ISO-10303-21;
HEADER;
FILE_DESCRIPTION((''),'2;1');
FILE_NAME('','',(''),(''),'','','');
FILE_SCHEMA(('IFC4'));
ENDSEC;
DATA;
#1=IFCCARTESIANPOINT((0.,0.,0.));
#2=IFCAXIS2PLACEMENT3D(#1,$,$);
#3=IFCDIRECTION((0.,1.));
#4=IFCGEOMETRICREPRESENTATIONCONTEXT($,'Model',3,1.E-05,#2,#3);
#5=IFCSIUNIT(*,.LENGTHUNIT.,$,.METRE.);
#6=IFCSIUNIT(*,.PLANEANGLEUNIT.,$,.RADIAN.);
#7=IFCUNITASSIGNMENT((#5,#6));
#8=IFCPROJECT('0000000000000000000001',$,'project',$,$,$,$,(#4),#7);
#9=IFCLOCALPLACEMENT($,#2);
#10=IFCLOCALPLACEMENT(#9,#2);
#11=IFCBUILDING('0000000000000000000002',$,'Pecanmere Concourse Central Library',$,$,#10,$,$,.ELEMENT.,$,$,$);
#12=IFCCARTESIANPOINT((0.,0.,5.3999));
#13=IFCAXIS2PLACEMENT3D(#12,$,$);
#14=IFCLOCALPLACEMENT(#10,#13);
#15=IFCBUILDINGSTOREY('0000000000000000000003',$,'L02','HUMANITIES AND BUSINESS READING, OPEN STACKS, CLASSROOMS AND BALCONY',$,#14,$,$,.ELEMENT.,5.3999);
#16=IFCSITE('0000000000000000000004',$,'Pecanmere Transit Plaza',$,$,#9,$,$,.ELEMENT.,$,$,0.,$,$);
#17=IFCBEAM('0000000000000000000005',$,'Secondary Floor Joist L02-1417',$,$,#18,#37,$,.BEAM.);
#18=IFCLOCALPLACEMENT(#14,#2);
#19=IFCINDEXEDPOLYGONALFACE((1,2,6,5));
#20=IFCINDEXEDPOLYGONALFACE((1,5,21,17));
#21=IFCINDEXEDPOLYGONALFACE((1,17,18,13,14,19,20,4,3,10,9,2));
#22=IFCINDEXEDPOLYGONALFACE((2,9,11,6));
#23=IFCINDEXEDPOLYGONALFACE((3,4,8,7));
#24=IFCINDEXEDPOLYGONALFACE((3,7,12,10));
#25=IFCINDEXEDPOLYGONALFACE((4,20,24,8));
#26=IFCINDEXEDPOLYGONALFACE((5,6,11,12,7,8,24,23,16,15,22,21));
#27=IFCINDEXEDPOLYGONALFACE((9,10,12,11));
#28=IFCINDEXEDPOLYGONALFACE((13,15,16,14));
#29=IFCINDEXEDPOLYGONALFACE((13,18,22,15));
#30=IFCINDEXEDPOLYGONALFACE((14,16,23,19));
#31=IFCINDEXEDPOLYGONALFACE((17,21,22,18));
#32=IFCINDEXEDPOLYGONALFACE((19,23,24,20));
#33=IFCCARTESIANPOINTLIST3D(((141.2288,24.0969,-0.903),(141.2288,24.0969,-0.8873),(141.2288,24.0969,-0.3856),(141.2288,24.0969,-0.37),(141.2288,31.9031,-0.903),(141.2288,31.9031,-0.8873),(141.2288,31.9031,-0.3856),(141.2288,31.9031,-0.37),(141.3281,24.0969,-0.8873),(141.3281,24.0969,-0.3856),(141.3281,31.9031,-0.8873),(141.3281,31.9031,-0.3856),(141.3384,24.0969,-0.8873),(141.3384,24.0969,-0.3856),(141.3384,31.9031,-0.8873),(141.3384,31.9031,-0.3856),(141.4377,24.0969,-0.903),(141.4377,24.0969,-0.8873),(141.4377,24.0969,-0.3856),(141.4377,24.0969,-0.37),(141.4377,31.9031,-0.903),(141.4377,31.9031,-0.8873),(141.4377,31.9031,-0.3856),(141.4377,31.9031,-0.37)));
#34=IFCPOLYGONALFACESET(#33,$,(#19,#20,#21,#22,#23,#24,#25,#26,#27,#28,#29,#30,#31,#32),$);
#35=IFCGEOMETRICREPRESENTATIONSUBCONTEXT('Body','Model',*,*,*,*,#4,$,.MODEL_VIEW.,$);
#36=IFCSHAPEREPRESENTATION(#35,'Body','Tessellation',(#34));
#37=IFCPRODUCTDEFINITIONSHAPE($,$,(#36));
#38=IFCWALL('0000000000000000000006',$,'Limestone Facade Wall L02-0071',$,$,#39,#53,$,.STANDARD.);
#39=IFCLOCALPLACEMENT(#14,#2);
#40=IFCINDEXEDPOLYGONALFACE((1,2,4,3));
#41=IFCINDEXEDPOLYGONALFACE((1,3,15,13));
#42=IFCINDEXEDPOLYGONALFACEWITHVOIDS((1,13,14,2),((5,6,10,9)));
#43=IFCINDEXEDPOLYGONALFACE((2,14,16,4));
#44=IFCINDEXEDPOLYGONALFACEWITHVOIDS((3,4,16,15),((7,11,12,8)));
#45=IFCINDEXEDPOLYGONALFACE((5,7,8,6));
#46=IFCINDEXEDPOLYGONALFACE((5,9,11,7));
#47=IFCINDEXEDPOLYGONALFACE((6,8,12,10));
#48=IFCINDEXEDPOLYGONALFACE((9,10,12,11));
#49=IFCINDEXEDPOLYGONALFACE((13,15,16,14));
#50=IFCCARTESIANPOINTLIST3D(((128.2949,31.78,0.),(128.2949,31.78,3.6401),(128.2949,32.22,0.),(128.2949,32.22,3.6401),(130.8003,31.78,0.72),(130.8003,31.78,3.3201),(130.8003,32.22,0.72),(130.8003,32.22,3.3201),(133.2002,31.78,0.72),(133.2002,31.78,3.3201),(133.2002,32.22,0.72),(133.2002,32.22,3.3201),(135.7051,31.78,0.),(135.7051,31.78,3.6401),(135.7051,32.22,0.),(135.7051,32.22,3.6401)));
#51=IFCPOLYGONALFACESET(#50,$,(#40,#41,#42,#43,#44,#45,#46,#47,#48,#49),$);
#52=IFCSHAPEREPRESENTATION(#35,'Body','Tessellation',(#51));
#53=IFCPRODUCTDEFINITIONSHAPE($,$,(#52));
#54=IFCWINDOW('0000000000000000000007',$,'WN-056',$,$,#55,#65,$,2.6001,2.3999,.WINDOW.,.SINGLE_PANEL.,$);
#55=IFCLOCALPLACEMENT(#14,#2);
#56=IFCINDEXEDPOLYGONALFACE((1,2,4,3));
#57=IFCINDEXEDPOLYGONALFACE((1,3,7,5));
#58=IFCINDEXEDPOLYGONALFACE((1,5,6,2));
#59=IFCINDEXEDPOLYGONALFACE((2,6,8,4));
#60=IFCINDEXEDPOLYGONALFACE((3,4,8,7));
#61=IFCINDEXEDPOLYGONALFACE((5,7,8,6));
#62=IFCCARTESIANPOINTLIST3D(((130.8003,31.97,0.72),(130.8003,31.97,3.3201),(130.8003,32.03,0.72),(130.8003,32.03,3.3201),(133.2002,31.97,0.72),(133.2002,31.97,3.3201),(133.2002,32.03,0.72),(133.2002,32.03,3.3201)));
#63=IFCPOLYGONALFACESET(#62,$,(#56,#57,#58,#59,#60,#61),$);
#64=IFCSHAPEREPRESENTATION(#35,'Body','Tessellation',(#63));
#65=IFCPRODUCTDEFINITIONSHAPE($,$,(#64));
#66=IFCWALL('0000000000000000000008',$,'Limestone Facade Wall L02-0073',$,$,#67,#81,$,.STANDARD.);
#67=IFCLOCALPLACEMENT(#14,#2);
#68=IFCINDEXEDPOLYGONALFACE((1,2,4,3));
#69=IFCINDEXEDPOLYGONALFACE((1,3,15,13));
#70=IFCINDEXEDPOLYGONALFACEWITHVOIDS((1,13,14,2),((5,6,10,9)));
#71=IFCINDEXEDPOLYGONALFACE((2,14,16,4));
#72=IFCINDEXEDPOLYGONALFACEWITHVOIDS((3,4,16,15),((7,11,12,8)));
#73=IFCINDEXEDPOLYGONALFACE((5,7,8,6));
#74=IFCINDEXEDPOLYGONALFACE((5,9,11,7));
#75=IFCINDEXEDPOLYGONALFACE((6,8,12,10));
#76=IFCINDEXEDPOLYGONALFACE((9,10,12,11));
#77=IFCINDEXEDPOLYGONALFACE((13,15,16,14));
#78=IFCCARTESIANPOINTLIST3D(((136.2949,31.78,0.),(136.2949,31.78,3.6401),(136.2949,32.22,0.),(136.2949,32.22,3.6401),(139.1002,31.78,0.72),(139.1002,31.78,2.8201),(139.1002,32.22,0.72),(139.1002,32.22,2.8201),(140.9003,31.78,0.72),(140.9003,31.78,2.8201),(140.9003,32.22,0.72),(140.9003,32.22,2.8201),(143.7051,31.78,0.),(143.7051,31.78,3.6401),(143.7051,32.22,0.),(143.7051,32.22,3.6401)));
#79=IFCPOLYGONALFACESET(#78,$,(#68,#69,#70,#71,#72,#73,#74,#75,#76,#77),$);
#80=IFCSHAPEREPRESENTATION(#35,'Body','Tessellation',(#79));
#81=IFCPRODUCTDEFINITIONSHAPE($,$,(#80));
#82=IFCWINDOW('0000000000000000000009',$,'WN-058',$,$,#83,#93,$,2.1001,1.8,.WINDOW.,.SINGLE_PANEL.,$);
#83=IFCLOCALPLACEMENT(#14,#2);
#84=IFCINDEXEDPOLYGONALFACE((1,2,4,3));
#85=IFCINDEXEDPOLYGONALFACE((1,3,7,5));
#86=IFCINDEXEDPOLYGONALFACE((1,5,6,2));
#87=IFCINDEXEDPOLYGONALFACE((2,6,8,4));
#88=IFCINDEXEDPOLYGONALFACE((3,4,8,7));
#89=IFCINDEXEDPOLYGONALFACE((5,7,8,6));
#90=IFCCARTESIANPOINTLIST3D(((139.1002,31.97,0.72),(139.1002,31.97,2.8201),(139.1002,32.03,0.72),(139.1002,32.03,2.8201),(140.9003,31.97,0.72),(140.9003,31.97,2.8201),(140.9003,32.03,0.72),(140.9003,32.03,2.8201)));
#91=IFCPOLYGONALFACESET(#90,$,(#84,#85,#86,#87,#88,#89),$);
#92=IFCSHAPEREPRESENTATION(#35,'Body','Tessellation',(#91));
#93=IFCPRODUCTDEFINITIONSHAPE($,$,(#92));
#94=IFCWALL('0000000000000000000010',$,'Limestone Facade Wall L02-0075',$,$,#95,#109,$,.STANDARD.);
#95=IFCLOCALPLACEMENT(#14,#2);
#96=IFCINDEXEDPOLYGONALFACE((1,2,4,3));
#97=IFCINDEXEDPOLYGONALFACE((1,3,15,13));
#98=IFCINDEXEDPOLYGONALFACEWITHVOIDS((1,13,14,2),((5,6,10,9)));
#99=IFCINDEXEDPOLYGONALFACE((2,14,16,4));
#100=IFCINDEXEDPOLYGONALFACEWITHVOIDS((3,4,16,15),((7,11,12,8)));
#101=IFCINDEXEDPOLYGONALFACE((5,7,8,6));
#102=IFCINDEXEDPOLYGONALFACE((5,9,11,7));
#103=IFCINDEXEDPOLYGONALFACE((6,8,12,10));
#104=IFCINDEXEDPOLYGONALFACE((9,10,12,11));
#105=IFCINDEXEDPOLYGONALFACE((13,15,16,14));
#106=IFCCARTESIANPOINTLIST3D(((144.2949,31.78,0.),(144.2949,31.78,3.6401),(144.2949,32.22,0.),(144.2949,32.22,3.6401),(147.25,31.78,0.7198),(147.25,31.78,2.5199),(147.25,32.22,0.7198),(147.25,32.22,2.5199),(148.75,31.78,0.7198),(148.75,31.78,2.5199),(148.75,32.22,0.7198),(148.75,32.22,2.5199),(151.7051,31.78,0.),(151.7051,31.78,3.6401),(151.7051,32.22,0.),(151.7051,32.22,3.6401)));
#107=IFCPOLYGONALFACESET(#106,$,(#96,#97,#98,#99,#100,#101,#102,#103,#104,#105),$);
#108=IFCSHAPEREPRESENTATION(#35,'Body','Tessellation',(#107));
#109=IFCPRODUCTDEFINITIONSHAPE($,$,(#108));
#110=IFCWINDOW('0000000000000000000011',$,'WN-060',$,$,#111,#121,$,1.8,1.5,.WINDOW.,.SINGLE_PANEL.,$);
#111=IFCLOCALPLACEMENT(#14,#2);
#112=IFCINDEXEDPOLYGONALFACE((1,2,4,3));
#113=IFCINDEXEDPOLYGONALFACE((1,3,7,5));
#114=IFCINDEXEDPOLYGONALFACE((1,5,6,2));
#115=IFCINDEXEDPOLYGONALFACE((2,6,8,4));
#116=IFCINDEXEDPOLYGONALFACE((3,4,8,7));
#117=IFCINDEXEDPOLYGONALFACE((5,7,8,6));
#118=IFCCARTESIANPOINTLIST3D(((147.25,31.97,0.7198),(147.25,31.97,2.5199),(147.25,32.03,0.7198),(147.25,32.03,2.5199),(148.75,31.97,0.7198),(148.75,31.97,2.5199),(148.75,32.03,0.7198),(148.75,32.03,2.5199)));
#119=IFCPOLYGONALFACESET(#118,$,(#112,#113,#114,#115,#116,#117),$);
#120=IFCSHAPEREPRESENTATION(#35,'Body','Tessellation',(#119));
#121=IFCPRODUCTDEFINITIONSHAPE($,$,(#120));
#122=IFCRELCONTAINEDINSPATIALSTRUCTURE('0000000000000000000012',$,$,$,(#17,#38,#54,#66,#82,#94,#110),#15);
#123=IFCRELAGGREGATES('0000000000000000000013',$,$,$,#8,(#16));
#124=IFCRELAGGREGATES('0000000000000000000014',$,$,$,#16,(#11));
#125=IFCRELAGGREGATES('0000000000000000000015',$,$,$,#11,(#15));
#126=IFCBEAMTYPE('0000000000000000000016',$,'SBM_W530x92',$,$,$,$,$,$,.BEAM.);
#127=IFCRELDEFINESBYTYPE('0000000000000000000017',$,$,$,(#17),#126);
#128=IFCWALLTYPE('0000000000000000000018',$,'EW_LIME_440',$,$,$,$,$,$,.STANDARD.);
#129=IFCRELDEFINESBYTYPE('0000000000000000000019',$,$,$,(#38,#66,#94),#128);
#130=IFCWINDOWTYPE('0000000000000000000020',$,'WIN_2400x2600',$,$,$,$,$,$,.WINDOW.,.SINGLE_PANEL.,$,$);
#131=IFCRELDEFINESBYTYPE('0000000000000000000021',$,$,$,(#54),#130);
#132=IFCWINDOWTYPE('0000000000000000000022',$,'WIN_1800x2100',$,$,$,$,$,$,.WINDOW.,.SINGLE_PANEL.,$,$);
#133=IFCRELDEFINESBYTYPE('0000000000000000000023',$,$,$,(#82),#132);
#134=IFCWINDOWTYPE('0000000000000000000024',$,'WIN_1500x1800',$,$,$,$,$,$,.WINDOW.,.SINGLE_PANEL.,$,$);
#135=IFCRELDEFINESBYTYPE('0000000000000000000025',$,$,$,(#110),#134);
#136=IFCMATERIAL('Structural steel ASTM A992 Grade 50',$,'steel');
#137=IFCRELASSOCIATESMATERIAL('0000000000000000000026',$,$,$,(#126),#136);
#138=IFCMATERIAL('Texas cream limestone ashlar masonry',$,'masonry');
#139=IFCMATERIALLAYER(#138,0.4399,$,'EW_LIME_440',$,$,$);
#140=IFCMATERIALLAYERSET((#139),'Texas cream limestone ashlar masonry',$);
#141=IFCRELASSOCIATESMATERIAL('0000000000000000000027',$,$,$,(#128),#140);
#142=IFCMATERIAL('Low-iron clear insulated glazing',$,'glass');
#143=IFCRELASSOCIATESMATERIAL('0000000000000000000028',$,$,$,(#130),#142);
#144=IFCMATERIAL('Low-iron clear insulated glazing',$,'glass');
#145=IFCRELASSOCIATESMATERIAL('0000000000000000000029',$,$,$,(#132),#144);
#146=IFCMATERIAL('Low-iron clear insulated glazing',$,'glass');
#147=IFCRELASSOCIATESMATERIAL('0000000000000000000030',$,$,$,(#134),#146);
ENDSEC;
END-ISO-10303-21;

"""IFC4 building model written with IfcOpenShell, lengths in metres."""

from ifc_helpers import new_model, si_unit, direction, frame, frame_2d, origin, origin_2d, place, context, subcontext, project, spatial, rectangle, i_section, extrude, material, layer, layer_set, material_profile, profile_set, type_object, element, fill, save


model = new_model("IFC4")

# Units and contexts
model_context = context("Model", 3, precision=1e-05, world=origin(), true_north=direction((0.0, 1.0)))
body_context = subcontext(model_context, "Body", "Model", "MODEL_VIEW")
ifc_project = project(units=[si_unit("LENGTHUNIT", "METRE"), si_unit("PLANEANGLEUNIT", "RADIAN")], contexts=[model_context])

# Site, building, storey
site_placement = place(None, origin())
site = spatial("IfcSite", under=ifc_project, at=site_placement, Name="Pecanmere Transit Plaza", CompositionType="ELEMENT", RefElevation=0.0)
building_placement = place(site_placement, origin())
building = spatial("IfcBuilding", under=site, at=building_placement, Name="Pecanmere Concourse Central Library", CompositionType="ELEMENT")
storey_placement = place(building_placement, frame((0.0, 0.0, 5.3999)))
storey = spatial("IfcBuildingStorey", under=building, at=storey_placement, Name="L02", Description="HUMANITIES AND BUSINESS READING, OPEN STACKS, CLASSROOMS AND BALCONY", CompositionType="ELEMENT", Elevation=5.3999)

# Beam
ifc_material_1 = material(Name="Structural steel ASTM A992 Grade 50", Category="steel")
ifc_material_profile_1 = material_profile(ifc_material_1, i_section(OverallWidth=0.209, OverallDepth=0.533, WebThickness=0.0103, FlangeThickness=0.0156, at=origin_2d()), Name="W530x92")
ifc_profile_set_1 = profile_set([ifc_material_profile_1], Name="Structural steel ASTM A992 Grade 50")
beam_type_1 = type_object("IfcBeamType", Name="SBM_W530x92", PredefinedType="BEAM", material=ifc_profile_set_1)
beam_1_placement = place(storey_placement, frame((141.3333, 24.0969, -0.6365), z_axis=(0.0, 1.0, 0.0), x_axis=(-1.0, 0.0, 0.0)))
element("IfcBeam", 1, at=beam_1_placement, inside=storey, type_object=beam_type_1, Name="Secondary Floor Joist L02-1417", PredefinedType="BEAM", context=body_context, shape_type="SweptSolid", body=[
    extrude(i_section(OverallWidth=0.209, OverallDepth=0.533, WebThickness=0.0103, FlangeThickness=0.0156, at=origin_2d()), origin(), (0.0, 0.0, 1.0), 7.8062),
])

# Walls, openings, windows
ifc_material_2 = material(Name="Texas cream limestone ashlar masonry", Category="masonry")
ifc_layer = layer(ifc_material_2, 0.4399, Name="EW_LIME_440")
ifc_layer_set = layer_set([ifc_layer], Name="Texas cream limestone ashlar masonry")
wall_type = type_object("IfcWallType", Name="EW_LIME_440", PredefinedType="STANDARD", material=ifc_layer_set)
wall_1_placement = place(storey_placement, frame((135.7051, 32.0, 0.0), z_axis=(0.0, 0.0, 1.0), x_axis=(-1.0, 0.0, 0.0)))
wall_1 = element("IfcWall", 2, at=wall_1_placement, inside=storey, type_object=wall_type, Name="Limestone Facade Wall L02-0071", PredefinedType="STANDARD", context=body_context, shape_type="SweptSolid", body=[
    extrude(rectangle(XDim=7.4102, YDim=0.4399, at=frame_2d((3.7051, 0.0))), origin(), (0.0, 0.0, 1.0), 3.6401),
])
opening_1_placement = place(wall_1_placement, frame((2.5049, 0.0, 0.72)))
opening_1 = element("IfcOpeningElement", 3, at=opening_1_placement, cuts=wall_1, PredefinedType="OPENING", context=body_context, shape_type="SweptSolid", body=[
    extrude(rectangle(XDim=2.3999, YDim=2.6001, at=frame_2d((1.2, 1.3))), frame((0.0, 0.2319, 0.0), z_axis=(0.0, -1.0, 0.0), x_axis=(1.0, 0.0, 0.0)), (0.0, 0.0, 1.0), 0.4639),
])
ifc_material_3 = material(Name="Low-iron clear insulated glazing", Category="glass")
window_type_1 = type_object("IfcWindowType", Name="WIN_2400x2600", PartitioningType="SINGLE_PANEL", PredefinedType="WINDOW", material=ifc_material_3)
window_1_placement = place(opening_1_placement, origin())
window_1 = element("IfcWindow", 4, at=window_1_placement, inside=storey, type_object=window_type_1, Name="WN-056", OverallHeight=2.6001, OverallWidth=2.3999, PartitioningType="SINGLE_PANEL", PredefinedType="WINDOW", context=body_context, shape_type="SweptSolid", body=[
    extrude(rectangle(XDim=2.3999, YDim=2.6001, at=frame_2d((1.2, 1.3))), frame((0.0, 0.03, 0.0), z_axis=(0.0, -1.0, 0.0), x_axis=(1.0, 0.0, 0.0)), (0.0, 0.0, 1.0), 0.0601),
])
fill(opening_1, window_1)
wall_2_placement = place(storey_placement, frame((143.7051, 32.0, 0.0), z_axis=(0.0, 0.0, 1.0), x_axis=(-1.0, 0.0, 0.0)))
wall_2 = element("IfcWall", 5, at=wall_2_placement, inside=storey, type_object=wall_type, Name="Limestone Facade Wall L02-0073", PredefinedType="STANDARD", context=body_context, shape_type="SweptSolid", body=[
    extrude(rectangle(XDim=7.4102, YDim=0.4399, at=frame_2d((3.7051, 0.0))), origin(), (0.0, 0.0, 1.0), 3.6401),
])
opening_2_placement = place(wall_2_placement, frame((2.8049, 0.0, 0.72)))
opening_2 = element("IfcOpeningElement", 6, at=opening_2_placement, cuts=wall_2, PredefinedType="OPENING", context=body_context, shape_type="SweptSolid", body=[
    extrude(rectangle(XDim=1.8, YDim=2.1001, at=frame_2d((0.8999, 1.05))), frame((0.0, 0.2319, 0.0), z_axis=(0.0, -1.0, 0.0), x_axis=(1.0, 0.0, 0.0)), (0.0, 0.0, 1.0), 0.4639),
])
ifc_material_4 = material(Name="Low-iron clear insulated glazing", Category="glass")
window_type_2 = type_object("IfcWindowType", Name="WIN_1800x2100", PartitioningType="SINGLE_PANEL", PredefinedType="WINDOW", material=ifc_material_4)
window_2_placement = place(opening_2_placement, origin())
window_2 = element("IfcWindow", 7, at=window_2_placement, inside=storey, type_object=window_type_2, Name="WN-058", OverallHeight=2.1001, OverallWidth=1.8, PartitioningType="SINGLE_PANEL", PredefinedType="WINDOW", context=body_context, shape_type="SweptSolid", body=[
    extrude(rectangle(XDim=1.8, YDim=2.1001, at=frame_2d((0.8999, 1.05))), frame((0.0, 0.03, 0.0), z_axis=(0.0, -1.0, 0.0), x_axis=(1.0, 0.0, 0.0)), (0.0, 0.0, 1.0), 0.0601),
])
fill(opening_2, window_2)
wall_3_placement = place(storey_placement, frame((151.7051, 32.0, 0.0), z_axis=(0.0, 0.0, 1.0), x_axis=(-1.0, 0.0, 0.0)))
wall_3 = element("IfcWall", 8, at=wall_3_placement, inside=storey, type_object=wall_type, Name="Limestone Facade Wall L02-0075", PredefinedType="STANDARD", context=body_context, shape_type="SweptSolid", body=[
    extrude(rectangle(XDim=7.4102, YDim=0.4399, at=frame_2d((3.7051, 0.0))), origin(), (0.0, 0.0, 1.0), 3.6401),
])
opening_3_placement = place(wall_3_placement, frame((2.9551, 0.0, 0.72)))
opening_3 = element("IfcOpeningElement", 9, at=opening_3_placement, cuts=wall_3, PredefinedType="OPENING", context=body_context, shape_type="SweptSolid", body=[
    extrude(rectangle(XDim=1.5, YDim=1.8, at=frame_2d((0.75, 0.8999))), frame((0.0, 0.2319, 0.0), z_axis=(0.0, -1.0, 0.0), x_axis=(1.0, 0.0, 0.0)), (0.0, 0.0, 1.0), 0.4639),
])
ifc_material_5 = material(Name="Low-iron clear insulated glazing", Category="glass")
window_type_3 = type_object("IfcWindowType", Name="WIN_1500x1800", PartitioningType="SINGLE_PANEL", PredefinedType="WINDOW", material=ifc_material_5)
window_3_placement = place(opening_3_placement, origin())
window_3 = element("IfcWindow", 10, at=window_3_placement, inside=storey, type_object=window_type_3, Name="WN-060", OverallHeight=1.8, OverallWidth=1.5, PartitioningType="SINGLE_PANEL", PredefinedType="WINDOW", context=body_context, shape_type="SweptSolid", body=[
    extrude(rectangle(XDim=1.5, YDim=1.8, at=frame_2d((0.75, 0.8999))), frame((0.0, 0.03, 0.0), z_axis=(0.0, -1.0, 0.0), x_axis=(1.0, 0.0, 0.0)), (0.0, 0.0, 1.0), 0.0601),
])
fill(opening_3, window_3)

save(model, "model.ifc")
